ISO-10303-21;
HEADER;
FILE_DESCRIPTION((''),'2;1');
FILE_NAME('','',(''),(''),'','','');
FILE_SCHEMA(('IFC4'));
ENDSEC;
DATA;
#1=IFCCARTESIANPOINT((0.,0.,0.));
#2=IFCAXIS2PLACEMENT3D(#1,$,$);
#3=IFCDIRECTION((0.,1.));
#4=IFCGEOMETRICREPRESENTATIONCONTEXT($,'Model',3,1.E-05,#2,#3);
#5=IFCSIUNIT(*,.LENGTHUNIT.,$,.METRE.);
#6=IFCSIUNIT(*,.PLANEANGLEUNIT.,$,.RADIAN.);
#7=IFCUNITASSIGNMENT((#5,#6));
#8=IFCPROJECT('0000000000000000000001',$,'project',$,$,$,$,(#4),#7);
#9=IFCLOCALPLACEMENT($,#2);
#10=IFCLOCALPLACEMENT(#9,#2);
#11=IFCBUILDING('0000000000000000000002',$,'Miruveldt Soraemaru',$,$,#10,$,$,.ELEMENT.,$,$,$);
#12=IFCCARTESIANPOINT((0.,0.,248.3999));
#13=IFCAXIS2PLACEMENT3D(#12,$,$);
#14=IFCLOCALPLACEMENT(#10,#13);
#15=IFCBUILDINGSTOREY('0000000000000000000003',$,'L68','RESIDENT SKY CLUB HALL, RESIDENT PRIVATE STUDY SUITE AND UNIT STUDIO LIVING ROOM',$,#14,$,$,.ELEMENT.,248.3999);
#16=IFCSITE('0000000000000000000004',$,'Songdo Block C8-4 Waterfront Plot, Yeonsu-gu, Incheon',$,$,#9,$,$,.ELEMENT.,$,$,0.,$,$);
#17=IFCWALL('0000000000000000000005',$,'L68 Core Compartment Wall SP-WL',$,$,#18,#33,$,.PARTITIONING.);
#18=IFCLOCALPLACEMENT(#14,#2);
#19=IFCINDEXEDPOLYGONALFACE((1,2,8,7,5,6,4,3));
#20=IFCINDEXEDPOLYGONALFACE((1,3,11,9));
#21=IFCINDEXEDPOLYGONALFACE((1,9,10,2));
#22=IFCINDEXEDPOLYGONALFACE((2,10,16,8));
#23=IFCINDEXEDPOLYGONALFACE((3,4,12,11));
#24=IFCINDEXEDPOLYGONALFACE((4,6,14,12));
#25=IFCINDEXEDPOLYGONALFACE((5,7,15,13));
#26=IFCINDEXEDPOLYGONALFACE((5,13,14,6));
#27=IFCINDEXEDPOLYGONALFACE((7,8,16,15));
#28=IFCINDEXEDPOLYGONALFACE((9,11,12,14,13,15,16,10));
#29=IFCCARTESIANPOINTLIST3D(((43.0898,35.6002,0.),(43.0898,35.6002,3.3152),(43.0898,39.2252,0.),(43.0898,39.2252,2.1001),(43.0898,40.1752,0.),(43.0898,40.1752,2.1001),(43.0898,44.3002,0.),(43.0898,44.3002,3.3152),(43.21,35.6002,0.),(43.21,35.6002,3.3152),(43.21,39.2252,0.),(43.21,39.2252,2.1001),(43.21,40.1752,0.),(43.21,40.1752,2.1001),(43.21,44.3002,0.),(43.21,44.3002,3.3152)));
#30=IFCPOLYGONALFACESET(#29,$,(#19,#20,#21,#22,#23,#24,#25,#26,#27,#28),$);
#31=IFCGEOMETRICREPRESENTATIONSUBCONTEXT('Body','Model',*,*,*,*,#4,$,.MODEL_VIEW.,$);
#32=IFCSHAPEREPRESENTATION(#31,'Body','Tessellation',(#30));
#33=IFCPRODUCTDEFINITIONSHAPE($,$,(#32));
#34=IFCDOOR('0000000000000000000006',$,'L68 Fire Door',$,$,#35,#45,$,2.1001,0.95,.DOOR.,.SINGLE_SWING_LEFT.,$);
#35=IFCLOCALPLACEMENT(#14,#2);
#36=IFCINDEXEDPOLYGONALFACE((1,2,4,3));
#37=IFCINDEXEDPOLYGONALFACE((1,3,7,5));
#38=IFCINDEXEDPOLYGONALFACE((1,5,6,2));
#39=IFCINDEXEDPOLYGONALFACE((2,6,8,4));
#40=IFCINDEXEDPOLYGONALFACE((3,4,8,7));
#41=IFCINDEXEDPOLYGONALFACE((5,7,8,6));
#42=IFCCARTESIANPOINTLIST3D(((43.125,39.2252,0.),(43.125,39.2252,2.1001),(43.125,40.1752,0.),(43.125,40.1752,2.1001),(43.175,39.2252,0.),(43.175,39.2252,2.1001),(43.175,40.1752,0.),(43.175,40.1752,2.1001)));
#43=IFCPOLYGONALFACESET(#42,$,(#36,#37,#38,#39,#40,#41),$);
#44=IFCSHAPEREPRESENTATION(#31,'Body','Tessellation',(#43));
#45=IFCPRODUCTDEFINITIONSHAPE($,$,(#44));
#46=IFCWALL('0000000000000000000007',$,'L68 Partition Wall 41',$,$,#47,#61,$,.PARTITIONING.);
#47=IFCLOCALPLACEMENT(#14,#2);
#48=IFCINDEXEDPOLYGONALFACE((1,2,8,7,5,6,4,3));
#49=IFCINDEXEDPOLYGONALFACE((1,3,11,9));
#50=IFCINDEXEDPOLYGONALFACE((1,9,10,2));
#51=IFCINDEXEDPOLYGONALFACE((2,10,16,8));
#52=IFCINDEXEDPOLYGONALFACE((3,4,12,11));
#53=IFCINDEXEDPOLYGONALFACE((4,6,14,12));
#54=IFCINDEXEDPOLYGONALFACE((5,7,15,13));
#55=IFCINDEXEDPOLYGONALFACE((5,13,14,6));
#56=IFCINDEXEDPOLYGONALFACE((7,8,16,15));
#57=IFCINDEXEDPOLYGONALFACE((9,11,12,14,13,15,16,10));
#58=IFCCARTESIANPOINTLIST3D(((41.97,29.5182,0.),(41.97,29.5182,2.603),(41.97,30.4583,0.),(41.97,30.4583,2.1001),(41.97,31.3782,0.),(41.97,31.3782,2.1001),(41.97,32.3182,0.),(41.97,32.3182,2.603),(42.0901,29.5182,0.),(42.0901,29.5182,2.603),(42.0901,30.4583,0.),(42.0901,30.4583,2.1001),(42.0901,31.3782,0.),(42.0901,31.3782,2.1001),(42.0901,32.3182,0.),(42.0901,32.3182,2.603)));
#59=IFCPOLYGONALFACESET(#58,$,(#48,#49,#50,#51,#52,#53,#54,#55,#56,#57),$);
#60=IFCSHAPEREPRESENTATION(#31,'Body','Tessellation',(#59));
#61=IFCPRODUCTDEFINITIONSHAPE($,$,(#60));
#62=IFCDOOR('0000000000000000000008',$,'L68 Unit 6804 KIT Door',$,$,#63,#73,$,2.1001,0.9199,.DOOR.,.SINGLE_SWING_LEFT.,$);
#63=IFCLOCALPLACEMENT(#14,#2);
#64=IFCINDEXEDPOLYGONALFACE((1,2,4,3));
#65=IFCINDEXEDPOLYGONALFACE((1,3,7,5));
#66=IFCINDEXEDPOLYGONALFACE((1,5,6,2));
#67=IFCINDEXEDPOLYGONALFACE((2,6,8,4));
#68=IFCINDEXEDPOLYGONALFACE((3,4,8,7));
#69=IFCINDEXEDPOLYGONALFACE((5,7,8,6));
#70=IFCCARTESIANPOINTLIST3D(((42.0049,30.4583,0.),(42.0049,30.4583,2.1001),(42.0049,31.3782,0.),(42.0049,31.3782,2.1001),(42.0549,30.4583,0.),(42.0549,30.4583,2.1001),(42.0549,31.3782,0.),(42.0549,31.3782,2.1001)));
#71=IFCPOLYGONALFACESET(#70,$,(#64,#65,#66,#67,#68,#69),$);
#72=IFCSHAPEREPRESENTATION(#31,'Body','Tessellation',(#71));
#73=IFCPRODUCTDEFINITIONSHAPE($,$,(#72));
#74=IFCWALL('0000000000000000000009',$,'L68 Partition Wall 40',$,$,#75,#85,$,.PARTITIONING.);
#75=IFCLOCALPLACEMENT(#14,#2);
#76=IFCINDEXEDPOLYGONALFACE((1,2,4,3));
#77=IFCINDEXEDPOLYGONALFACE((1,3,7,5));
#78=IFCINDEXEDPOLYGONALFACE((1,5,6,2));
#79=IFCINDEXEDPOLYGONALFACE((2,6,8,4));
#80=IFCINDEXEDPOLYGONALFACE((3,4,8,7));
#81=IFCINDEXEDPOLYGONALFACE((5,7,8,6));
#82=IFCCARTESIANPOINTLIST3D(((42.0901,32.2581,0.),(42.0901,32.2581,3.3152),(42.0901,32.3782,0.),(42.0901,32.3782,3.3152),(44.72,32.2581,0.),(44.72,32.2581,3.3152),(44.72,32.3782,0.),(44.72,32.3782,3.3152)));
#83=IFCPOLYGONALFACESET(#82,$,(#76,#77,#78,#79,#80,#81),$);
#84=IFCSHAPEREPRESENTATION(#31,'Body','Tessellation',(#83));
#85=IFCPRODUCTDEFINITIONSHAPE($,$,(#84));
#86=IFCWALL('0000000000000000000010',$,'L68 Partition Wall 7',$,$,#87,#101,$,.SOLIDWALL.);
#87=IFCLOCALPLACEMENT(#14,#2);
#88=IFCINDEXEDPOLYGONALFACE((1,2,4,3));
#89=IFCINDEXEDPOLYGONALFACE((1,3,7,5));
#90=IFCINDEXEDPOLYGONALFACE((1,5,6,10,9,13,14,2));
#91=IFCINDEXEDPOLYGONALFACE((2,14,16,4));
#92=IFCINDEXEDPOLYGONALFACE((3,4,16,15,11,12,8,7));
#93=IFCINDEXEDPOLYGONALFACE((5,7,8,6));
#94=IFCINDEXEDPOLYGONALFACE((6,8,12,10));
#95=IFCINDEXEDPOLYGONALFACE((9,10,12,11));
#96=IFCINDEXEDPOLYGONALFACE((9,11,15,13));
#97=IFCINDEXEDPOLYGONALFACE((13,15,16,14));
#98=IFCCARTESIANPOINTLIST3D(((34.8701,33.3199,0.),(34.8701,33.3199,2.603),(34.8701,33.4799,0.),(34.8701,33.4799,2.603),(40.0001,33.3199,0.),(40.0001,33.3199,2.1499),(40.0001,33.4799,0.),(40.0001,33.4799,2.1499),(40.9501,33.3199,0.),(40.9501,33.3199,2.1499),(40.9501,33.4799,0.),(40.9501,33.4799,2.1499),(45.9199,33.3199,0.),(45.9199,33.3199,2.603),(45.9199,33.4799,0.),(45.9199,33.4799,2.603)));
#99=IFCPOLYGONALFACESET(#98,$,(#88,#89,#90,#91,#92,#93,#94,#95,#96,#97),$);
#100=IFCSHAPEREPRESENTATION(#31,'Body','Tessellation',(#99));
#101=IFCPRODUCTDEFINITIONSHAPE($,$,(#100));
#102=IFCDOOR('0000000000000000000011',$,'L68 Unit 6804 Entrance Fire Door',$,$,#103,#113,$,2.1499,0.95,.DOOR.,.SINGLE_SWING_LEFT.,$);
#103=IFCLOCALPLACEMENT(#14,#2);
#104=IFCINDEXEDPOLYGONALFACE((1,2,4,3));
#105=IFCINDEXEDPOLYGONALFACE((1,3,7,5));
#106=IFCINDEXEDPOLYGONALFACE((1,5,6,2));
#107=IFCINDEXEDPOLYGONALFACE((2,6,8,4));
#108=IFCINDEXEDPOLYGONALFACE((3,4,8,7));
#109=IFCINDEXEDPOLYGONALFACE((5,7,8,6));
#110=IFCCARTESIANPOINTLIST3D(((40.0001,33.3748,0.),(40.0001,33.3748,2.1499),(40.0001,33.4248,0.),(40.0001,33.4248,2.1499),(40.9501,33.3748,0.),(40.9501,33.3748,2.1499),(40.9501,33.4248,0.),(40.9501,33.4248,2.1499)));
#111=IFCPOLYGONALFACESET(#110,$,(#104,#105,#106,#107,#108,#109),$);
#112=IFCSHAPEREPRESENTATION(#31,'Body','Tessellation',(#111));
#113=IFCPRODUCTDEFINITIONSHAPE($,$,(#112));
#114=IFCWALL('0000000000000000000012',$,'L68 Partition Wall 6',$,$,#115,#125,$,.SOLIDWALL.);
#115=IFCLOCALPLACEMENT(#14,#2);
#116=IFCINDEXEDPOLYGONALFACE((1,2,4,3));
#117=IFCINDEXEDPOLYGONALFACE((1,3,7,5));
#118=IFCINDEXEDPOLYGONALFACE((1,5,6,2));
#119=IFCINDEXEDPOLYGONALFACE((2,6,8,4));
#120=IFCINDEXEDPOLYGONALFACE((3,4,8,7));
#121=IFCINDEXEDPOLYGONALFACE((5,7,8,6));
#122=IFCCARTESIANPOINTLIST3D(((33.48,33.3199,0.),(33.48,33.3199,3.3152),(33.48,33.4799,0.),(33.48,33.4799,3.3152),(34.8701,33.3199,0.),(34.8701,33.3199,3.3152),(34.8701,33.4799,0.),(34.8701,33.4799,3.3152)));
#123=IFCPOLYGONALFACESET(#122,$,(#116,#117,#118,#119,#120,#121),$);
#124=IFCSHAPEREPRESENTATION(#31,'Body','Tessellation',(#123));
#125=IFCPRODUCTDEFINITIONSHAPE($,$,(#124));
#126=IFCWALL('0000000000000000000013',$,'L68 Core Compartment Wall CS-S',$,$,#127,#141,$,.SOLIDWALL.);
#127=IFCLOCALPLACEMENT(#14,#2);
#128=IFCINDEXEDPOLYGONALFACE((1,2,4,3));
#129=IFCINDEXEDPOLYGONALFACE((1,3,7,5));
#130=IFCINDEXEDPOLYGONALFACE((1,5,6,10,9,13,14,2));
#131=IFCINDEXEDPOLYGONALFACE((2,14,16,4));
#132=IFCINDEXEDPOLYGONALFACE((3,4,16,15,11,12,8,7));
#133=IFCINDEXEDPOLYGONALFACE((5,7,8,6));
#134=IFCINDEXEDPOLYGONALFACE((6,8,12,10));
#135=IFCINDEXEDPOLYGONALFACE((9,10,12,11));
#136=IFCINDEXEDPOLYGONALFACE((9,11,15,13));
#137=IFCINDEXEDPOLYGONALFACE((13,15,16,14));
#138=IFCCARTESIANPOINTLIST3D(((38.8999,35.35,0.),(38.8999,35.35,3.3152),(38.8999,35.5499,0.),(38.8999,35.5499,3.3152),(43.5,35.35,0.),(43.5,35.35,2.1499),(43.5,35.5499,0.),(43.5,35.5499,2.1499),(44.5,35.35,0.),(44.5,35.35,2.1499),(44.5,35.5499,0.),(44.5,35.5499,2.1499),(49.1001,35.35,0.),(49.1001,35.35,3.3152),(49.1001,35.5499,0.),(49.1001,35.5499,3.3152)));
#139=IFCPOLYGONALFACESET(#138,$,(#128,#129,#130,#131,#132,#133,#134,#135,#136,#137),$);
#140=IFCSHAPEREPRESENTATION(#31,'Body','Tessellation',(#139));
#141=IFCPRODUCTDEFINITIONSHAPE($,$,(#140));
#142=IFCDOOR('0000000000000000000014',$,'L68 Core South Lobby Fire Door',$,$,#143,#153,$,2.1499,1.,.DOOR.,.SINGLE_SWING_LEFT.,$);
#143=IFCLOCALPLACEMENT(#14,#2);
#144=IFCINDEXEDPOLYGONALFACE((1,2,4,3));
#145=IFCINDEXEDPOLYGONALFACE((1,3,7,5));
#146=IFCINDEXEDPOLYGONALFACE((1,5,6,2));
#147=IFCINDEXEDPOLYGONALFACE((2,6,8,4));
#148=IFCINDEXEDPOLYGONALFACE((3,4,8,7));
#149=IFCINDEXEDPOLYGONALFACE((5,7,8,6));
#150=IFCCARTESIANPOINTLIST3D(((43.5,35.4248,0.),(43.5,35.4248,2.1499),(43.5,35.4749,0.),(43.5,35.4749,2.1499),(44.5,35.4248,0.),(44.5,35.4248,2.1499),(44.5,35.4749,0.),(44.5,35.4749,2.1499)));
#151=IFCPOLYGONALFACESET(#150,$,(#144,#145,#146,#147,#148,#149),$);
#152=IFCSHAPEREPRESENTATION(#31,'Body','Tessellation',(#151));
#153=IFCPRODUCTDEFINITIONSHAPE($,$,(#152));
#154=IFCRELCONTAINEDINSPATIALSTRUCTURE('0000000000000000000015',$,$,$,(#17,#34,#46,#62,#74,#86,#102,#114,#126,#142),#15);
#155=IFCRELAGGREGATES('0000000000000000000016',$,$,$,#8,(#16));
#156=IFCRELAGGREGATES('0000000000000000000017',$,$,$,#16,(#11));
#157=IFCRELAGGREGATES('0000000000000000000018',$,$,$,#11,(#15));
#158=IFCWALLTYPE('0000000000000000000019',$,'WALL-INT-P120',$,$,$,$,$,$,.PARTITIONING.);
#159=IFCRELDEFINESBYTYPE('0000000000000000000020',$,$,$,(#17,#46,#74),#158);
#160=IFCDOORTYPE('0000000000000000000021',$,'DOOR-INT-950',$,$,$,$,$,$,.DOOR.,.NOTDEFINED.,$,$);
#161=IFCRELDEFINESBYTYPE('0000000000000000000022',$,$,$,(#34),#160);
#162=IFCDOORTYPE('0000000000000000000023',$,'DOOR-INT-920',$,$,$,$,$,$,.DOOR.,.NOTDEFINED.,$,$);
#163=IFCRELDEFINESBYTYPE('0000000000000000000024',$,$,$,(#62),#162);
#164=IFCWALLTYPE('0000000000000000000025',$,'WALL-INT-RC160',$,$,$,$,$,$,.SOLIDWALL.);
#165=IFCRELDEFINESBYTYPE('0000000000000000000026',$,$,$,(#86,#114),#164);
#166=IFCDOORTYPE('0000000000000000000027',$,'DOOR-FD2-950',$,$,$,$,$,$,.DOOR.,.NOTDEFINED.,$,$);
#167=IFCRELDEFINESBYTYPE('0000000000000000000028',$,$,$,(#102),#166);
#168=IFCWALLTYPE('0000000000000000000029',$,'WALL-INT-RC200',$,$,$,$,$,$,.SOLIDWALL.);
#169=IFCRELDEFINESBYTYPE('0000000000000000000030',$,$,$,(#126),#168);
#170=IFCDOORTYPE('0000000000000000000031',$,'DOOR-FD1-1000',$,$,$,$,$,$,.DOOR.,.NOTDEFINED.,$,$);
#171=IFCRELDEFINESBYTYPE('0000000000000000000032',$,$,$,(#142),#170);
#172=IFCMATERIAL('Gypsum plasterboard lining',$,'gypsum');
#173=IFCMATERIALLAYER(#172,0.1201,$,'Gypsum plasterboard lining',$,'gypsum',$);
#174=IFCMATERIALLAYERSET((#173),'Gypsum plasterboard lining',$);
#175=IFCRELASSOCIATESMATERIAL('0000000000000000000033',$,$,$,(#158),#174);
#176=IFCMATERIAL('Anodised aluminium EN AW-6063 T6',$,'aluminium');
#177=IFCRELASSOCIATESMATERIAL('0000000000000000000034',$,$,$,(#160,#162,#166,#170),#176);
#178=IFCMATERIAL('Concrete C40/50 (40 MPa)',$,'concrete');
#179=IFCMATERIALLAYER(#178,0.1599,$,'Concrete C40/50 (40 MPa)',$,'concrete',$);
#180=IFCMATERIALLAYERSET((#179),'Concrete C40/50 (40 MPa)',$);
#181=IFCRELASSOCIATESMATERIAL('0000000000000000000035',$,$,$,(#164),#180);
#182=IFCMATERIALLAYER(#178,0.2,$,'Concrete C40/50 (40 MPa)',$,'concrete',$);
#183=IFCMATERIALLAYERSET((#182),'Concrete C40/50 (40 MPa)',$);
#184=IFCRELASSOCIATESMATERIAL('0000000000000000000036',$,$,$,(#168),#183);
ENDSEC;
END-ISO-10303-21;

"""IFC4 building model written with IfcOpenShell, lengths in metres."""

from ifc_helpers import new_model, si_unit, direction, frame, frame_2d, origin, place, context, subcontext, project, spatial, rectangle, extrude, material, layer, layer_set, type_object, element, fill, save


model = new_model("IFC4")

# Units and contexts
model_context = context("Model", 3, precision=1e-05, world=origin(), true_north=direction((0.0, 1.0)))
body_context = subcontext(model_context, "Body", "Model", "MODEL_VIEW")
ifc_project = project(units=[si_unit("LENGTHUNIT", "METRE"), si_unit("PLANEANGLEUNIT", "RADIAN")], contexts=[model_context])

# Site, building, storey
site_placement = place(None, origin())
site = spatial("IfcSite", under=ifc_project, at=site_placement, Name="Songdo Block C8-4 Waterfront Plot, Yeonsu-gu, Incheon", CompositionType="ELEMENT", RefElevation=0.0)
building_placement = place(site_placement, origin())
building = spatial("IfcBuilding", under=site, at=building_placement, Name="Miruveldt Soraemaru", CompositionType="ELEMENT")
storey_placement = place(building_placement, frame((0.0, 0.0, 248.3999)))
storey = spatial("IfcBuildingStorey", under=building, at=storey_placement, Name="L68", Description="RESIDENT SKY CLUB HALL, RESIDENT PRIVATE STUDY SUITE AND UNIT STUDIO LIVING ROOM", CompositionType="ELEMENT", Elevation=248.3999)

# Walls, openings, doors
ifc_material_1 = material(Name="Gypsum plasterboard lining", Category="gypsum")
ifc_layer_1 = layer(ifc_material_1, 0.1201, Name="Gypsum plasterboard lining", Category="gypsum")
ifc_layer_set_1 = layer_set([ifc_layer_1], Name="Gypsum plasterboard lining")
wall_type_1 = type_object("IfcWallType", Name="WALL-INT-P120", PredefinedType="PARTITIONING", material=ifc_layer_set_1)
wall_1_placement = place(storey_placement, frame((43.1499, 35.6001, 0.0), z_axis=(0.0, 0.0, 1.0), x_axis=(0.0, 1.0, 0.0)))
wall_1 = element("IfcWall", 1, at=wall_1_placement, inside=storey, type_object=wall_type_1, Name="L68 Core Compartment Wall SP-WL", PredefinedType="PARTITIONING", context=body_context, shape_type="SweptSolid", body=[
    extrude(rectangle(XDim=8.7, YDim=0.1201, at=frame_2d((4.3501, 0.0))), origin(), (0.0, 0.0, 1.0), 3.3152),
])
opening_1_placement = place(wall_1_placement, frame((3.625, 0.0, 0.0)))
opening_1 = element("IfcOpeningElement", 2, at=opening_1_placement, cuts=wall_1, PredefinedType="OPENING", context=body_context, shape_type="SweptSolid", body=[
    extrude(rectangle(XDim=0.95, YDim=2.1001, at=frame_2d((0.4751, 1.05))), frame((0.0, 0.0701, 0.0), z_axis=(0.0, -1.0, 0.0), x_axis=(1.0, 0.0, 0.0)), (0.0, 0.0, 1.0), 0.1401),
])
ifc_material_2 = material(Name="Anodised aluminium EN AW-6063 T6", Category="aluminium")
door_type_1 = type_object("IfcDoorType", Name="DOOR-INT-950", OperationType="NOTDEFINED", PredefinedType="DOOR", material=ifc_material_2)
door_1_placement = place(opening_1_placement, origin())
door_1 = element("IfcDoor", 3, at=door_1_placement, inside=storey, type_object=door_type_1, Name="L68 Fire Door", OperationType="SINGLE_SWING_LEFT", OverallHeight=2.1001, OverallWidth=0.95, PredefinedType="DOOR", context=body_context, shape_type="SweptSolid", body=[
    extrude(rectangle(XDim=0.95, YDim=2.1001, at=frame_2d((0.4751, 1.05))), frame((0.0, 0.0249, 0.0), z_axis=(0.0, -1.0, 0.0), x_axis=(1.0, 0.0, 0.0)), (0.0, 0.0, 1.0), 0.05),
])
fill(opening_1, door_1)
wall_2_placement = place(storey_placement, frame((42.03, 32.3181, 0.0), z_axis=(0.0, 0.0, 1.0), x_axis=(0.0, -1.0, 0.0)))
wall_2 = element("IfcWall", 4, at=wall_2_placement, inside=storey, type_object=wall_type_1, Name="L68 Partition Wall 41", PredefinedType="PARTITIONING", context=body_context, shape_type="SweptSolid", body=[
    extrude(rectangle(XDim=2.8, YDim=0.1201, at=frame_2d((1.3999, 0.0))), origin(), (0.0, 0.0, 1.0), 2.603),
])
opening_2_placement = place(wall_2_placement, frame((0.9399, 0.0, 0.0)))
opening_2 = element("IfcOpeningElement", 5, at=opening_2_placement, cuts=wall_2, PredefinedType="OPENING", context=body_context, shape_type="SweptSolid", body=[
    extrude(rectangle(XDim=0.9199, YDim=2.1001, at=frame_2d((0.46, 1.05))), frame((0.0, 0.0701, 0.0), z_axis=(0.0, -1.0, 0.0), x_axis=(1.0, 0.0, 0.0)), (0.0, 0.0, 1.0), 0.1401),
])
door_type_2 = type_object("IfcDoorType", Name="DOOR-INT-920", OperationType="NOTDEFINED", PredefinedType="DOOR", material=ifc_material_2)
door_2_placement = place(opening_2_placement, origin())
door_2 = element("IfcDoor", 6, at=door_2_placement, inside=storey, type_object=door_type_2, Name="L68 Unit 6804 KIT Door", OperationType="SINGLE_SWING_LEFT", OverallHeight=2.1001, OverallWidth=0.9199, PredefinedType="DOOR", context=body_context, shape_type="SweptSolid", body=[
    extrude(rectangle(XDim=0.9199, YDim=2.1001, at=frame_2d((0.46, 1.05))), frame((0.0, 0.0249, 0.0), z_axis=(0.0, -1.0, 0.0), x_axis=(1.0, 0.0, 0.0)), (0.0, 0.0, 1.0), 0.05),
])
fill(opening_2, door_2)

# Wall
wall_3_placement = place(storey_placement, frame((44.72, 32.3181, 0.0), z_axis=(0.0, 0.0, 1.0), x_axis=(-1.0, 0.0, 0.0)))
element("IfcWall", 7, at=wall_3_placement, inside=storey, type_object=wall_type_1, Name="L68 Partition Wall 40", PredefinedType="PARTITIONING", context=body_context, shape_type="SweptSolid", body=[
    extrude(rectangle(XDim=2.6299, YDim=0.1201, at=frame_2d((1.3149, 0.0))), origin(), (0.0, 0.0, 1.0), 3.3152),
])

# Wall, opening, door
ifc_material_3 = material(Name="Concrete C40/50 (40 MPa)", Category="concrete")
ifc_layer_2 = layer(ifc_material_3, 0.1599, Name="Concrete C40/50 (40 MPa)", Category="concrete")
ifc_layer_set_2 = layer_set([ifc_layer_2], Name="Concrete C40/50 (40 MPa)")
wall_type_2 = type_object("IfcWallType", Name="WALL-INT-RC160", PredefinedType="SOLIDWALL", material=ifc_layer_set_2)
wall_4_placement = place(storey_placement, frame((34.8701, 33.3999, 0.0), z_axis=(0.0, 0.0, 1.0), x_axis=(1.0, 0.0, 0.0)))
wall_4 = element("IfcWall", 8, at=wall_4_placement, inside=storey, type_object=wall_type_2, Name="L68 Partition Wall 7", PredefinedType="SOLIDWALL", context=body_context, shape_type="SweptSolid", body=[
    extrude(rectangle(XDim=11.0498, YDim=0.1599, at=frame_2d((5.5249, 0.0))), origin(), (0.0, 0.0, 1.0), 2.603),
])
opening_3_placement = place(wall_4_placement, frame((5.1299, 0.0, 0.0)))
opening_3 = element("IfcOpeningElement", 9, at=opening_3_placement, cuts=wall_4, PredefinedType="OPENING", context=body_context, shape_type="SweptSolid", body=[
    extrude(rectangle(XDim=0.95, YDim=2.1499, at=frame_2d((0.4751, 1.075))), frame((0.0, 0.0898, 0.0), z_axis=(0.0, -1.0, 0.0), x_axis=(1.0, 0.0, 0.0)), (0.0, 0.0, 1.0), 0.1799),
])
door_type_3 = type_object("IfcDoorType", Name="DOOR-FD2-950", OperationType="NOTDEFINED", PredefinedType="DOOR", material=ifc_material_2)
door_3_placement = place(opening_3_placement, origin())
door_3 = element("IfcDoor", 10, at=door_3_placement, inside=storey, type_object=door_type_3, Name="L68 Unit 6804 Entrance Fire Door", OperationType="SINGLE_SWING_LEFT", OverallHeight=2.1499, OverallWidth=0.95, PredefinedType="DOOR", context=body_context, shape_type="SweptSolid", body=[
    extrude(rectangle(XDim=0.95, YDim=2.1499, at=frame_2d((0.4751, 1.075))), frame((0.0, 0.0249, 0.0), z_axis=(0.0, -1.0, 0.0), x_axis=(1.0, 0.0, 0.0)), (0.0, 0.0, 1.0), 0.05),
])
fill(opening_3, door_3)

# Wall
wall_5_placement = place(storey_placement, frame((33.48, 33.3999, 0.0), z_axis=(0.0, 0.0, 1.0), x_axis=(1.0, 0.0, 0.0)))
element("IfcWall", 11, at=wall_5_placement, inside=storey, type_object=wall_type_2, Name="L68 Partition Wall 6", PredefinedType="SOLIDWALL", context=body_context, shape_type="SweptSolid", body=[
    extrude(rectangle(XDim=1.3901, YDim=0.1599, at=frame_2d((0.6951, 0.0))), origin(), (0.0, 0.0, 1.0), 3.3152),
])

# Wall, opening, door
ifc_layer_3 = layer(ifc_material_3, 0.2, Name="Concrete C40/50 (40 MPa)", Category="concrete")
ifc_layer_set_3 = layer_set([ifc_layer_3], Name="Concrete C40/50 (40 MPa)")
wall_type_3 = type_object("IfcWallType", Name="WALL-INT-RC200", PredefinedType="SOLIDWALL", material=ifc_layer_set_3)
wall_6_placement = place(storey_placement, frame((38.8999, 35.45, 0.0), z_axis=(0.0, 0.0, 1.0), x_axis=(1.0, 0.0, 0.0)))
wall_6 = element("IfcWall", 12, at=wall_6_placement, inside=storey, type_object=wall_type_3, Name="L68 Core Compartment Wall CS-S", PredefinedType="SOLIDWALL", context=body_context, shape_type="SweptSolid", body=[
    extrude(rectangle(XDim=10.2002, YDim=0.2, at=frame_2d((5.1001, 0.0))), origin(), (0.0, 0.0, 1.0), 3.3152),
])
opening_4_placement = place(wall_6_placement, frame((4.6001, 0.0, 0.0)))
opening_4 = element("IfcOpeningElement", 13, at=opening_4_placement, cuts=wall_6, PredefinedType="OPENING", context=body_context, shape_type="SweptSolid", body=[
    extrude(rectangle(XDim=1.0, YDim=2.1499, at=frame_2d((0.5, 1.075))), frame((0.0, 0.1099, 0.0), z_axis=(0.0, -1.0, 0.0), x_axis=(1.0, 0.0, 0.0)), (0.0, 0.0, 1.0), 0.22),
])
door_type_4 = type_object("IfcDoorType", Name="DOOR-FD1-1000", OperationType="NOTDEFINED", PredefinedType="DOOR", material=ifc_material_2)
door_4_placement = place(opening_4_placement, origin())
door_4 = element("IfcDoor", 14, at=door_4_placement, inside=storey, type_object=door_type_4, Name="L68 Core South Lobby Fire Door", OperationType="SINGLE_SWING_LEFT", OverallHeight=2.1499, OverallWidth=1.0, PredefinedType="DOOR", context=body_context, shape_type="SweptSolid", body=[
    extrude(rectangle(XDim=1.0, YDim=2.1499, at=frame_2d((0.5, 1.075))), frame((0.0, 0.0249, 0.0), z_axis=(0.0, -1.0, 0.0), x_axis=(1.0, 0.0, 0.0)), (0.0, 0.0, 1.0), 0.05),
])
fill(opening_4, door_4)

save(model, "model.ifc")
